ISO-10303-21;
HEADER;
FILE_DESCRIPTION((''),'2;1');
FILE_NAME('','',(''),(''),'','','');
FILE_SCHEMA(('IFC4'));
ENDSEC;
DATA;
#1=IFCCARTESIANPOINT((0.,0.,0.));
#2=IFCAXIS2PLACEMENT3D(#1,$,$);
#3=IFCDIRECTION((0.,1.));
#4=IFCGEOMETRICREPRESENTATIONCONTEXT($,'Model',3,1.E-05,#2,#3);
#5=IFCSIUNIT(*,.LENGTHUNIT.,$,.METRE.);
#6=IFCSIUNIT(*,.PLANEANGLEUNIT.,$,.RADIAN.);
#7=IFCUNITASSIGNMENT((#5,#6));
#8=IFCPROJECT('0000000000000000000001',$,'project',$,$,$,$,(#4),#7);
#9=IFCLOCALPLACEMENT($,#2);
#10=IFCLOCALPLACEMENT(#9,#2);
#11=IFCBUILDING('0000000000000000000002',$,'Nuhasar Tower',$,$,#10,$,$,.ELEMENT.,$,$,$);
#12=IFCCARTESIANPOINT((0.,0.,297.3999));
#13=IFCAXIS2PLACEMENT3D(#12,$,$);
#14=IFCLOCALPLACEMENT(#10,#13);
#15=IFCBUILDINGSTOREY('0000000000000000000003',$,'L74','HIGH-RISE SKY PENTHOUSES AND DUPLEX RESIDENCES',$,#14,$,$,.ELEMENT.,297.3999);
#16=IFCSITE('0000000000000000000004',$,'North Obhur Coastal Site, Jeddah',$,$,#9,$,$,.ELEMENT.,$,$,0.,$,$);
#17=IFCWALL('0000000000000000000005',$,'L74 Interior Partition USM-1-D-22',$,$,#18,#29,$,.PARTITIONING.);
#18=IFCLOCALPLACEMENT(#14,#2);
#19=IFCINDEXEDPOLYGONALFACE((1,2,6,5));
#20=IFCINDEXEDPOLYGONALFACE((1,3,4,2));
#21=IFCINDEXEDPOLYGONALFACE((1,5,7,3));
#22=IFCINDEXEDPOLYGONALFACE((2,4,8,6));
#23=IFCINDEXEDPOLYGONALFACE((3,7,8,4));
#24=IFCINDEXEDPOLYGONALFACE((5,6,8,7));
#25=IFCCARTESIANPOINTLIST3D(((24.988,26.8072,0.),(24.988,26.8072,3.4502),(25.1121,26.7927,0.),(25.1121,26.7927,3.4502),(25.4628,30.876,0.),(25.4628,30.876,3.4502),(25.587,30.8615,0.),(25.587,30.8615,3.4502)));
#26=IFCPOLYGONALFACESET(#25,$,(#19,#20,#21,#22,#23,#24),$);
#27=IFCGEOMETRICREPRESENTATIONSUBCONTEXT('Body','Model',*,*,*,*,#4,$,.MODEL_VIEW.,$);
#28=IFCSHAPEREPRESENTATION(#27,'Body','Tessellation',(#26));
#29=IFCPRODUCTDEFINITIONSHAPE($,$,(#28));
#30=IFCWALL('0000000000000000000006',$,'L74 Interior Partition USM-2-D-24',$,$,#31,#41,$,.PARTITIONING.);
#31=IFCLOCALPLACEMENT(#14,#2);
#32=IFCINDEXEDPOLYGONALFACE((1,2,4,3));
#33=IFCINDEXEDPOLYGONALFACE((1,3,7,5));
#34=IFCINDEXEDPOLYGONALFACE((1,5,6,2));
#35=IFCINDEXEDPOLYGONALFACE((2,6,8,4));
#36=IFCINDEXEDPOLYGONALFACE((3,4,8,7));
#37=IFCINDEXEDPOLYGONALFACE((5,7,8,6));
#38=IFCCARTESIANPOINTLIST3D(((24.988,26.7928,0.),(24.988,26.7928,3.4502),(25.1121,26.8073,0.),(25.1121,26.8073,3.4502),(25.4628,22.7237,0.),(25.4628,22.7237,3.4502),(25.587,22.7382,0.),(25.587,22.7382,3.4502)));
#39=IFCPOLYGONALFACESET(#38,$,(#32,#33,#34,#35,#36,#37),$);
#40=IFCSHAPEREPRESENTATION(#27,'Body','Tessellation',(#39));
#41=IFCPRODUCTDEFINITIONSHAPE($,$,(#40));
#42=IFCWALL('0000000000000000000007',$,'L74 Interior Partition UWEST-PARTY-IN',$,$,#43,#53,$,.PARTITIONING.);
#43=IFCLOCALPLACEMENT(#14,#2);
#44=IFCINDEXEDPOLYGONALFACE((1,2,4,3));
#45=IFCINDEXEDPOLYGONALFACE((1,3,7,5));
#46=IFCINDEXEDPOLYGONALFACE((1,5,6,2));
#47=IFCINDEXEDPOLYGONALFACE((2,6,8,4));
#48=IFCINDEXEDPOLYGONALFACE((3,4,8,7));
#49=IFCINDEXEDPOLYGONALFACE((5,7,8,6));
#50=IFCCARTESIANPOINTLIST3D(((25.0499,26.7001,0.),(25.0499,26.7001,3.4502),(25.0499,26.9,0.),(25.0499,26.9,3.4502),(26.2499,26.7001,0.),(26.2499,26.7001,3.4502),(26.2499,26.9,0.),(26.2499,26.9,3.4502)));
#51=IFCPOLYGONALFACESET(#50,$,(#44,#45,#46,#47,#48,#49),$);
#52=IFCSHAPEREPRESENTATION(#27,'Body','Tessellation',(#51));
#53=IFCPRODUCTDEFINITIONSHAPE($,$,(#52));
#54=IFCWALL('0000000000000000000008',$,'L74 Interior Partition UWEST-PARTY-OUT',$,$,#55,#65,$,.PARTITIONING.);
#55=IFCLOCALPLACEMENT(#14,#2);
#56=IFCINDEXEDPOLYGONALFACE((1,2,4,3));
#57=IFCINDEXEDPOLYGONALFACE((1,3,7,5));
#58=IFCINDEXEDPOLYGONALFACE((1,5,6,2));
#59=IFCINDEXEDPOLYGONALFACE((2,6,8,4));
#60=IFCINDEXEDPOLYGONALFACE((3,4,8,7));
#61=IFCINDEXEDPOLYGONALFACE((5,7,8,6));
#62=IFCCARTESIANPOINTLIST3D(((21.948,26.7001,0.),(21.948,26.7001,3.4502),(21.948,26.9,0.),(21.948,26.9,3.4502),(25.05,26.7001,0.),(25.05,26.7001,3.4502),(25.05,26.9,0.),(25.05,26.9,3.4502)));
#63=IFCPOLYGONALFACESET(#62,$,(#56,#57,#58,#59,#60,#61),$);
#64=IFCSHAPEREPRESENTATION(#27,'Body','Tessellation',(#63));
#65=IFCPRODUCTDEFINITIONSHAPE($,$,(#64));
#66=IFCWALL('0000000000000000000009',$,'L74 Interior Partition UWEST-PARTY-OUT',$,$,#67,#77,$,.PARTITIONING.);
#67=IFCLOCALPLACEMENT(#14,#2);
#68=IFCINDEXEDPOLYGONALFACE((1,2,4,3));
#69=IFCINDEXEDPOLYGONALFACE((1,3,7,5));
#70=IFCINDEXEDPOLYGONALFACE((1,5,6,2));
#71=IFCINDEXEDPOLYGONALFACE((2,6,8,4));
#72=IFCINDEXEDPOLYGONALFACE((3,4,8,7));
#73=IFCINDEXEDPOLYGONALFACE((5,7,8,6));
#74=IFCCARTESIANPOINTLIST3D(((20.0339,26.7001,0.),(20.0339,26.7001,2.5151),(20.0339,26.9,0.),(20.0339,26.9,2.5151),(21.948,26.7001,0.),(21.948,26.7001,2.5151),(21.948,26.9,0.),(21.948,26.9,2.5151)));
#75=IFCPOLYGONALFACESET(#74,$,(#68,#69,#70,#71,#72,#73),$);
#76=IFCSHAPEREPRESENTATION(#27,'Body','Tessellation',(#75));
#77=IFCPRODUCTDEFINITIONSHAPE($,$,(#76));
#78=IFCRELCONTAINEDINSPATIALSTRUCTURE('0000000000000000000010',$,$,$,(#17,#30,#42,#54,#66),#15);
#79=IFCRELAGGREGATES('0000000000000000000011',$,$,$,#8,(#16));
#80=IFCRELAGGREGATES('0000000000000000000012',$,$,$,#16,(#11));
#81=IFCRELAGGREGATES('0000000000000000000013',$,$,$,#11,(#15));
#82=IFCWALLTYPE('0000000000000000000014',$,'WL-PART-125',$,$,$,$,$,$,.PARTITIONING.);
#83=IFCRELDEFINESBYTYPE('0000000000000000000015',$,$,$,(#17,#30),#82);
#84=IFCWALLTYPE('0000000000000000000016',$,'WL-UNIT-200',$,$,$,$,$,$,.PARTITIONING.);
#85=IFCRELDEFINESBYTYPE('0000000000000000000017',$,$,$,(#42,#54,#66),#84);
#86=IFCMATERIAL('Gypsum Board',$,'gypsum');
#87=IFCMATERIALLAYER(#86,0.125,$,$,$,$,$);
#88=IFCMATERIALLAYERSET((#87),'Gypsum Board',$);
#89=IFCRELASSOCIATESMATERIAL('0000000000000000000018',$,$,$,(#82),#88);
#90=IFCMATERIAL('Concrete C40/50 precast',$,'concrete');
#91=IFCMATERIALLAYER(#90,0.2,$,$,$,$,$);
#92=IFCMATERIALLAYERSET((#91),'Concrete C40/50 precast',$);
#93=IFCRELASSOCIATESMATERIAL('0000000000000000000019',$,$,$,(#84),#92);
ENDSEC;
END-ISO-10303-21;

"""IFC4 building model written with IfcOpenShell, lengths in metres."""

from ifc_helpers import new_model, si_unit, direction, frame, frame_2d, origin, place, context, subcontext, project, spatial, rectangle, extrude, material, layer, layer_set, type_object, element, save


model = new_model("IFC4")

# Units and contexts
model_context = context("Model", 3, precision=1e-05, world=origin(), true_north=direction((0.0, 1.0)))
body_context = subcontext(model_context, "Body", "Model", "MODEL_VIEW")
ifc_project = project(units=[si_unit("LENGTHUNIT", "METRE"), si_unit("PLANEANGLEUNIT", "RADIAN")], contexts=[model_context])

# Site, building, storey
site_placement = place(None, origin())
site = spatial("IfcSite", under=ifc_project, at=site_placement, Name="North Obhur Coastal Site, Jeddah", CompositionType="ELEMENT", RefElevation=0.0)
building_placement = place(site_placement, origin())
building = spatial("IfcBuilding", under=site, at=building_placement, Name="Nuhasar Tower", CompositionType="ELEMENT")
storey_placement = place(building_placement, frame((0.0, 0.0, 297.3999)))
storey = spatial("IfcBuildingStorey", under=building, at=storey_placement, Name="L74", Description="HIGH-RISE SKY PENTHOUSES AND DUPLEX RESIDENCES", CompositionType="ELEMENT", Elevation=297.3999)

# Shared definitions
ifc_material_1 = material(Name="Gypsum Board", Category="gypsum")

# Shared definitions
ifc_layer_1 = layer(ifc_material_1, 0.125)
ifc_layer_set_1 = layer_set([ifc_layer_1], Name="Gypsum Board")
wall_type_1 = type_object("IfcWallType", Name="WL-PART-125", PredefinedType="PARTITIONING", material=ifc_layer_set_1)

# Walls
wall_1_placement = place(storey_placement, frame((25.5249, 30.8689, 0.0), z_axis=(0.0, 0.0, 1.0), x_axis=(-0.115918, -0.993259, 0.0)))
element("IfcWall", 1, at=wall_1_placement, inside=storey, type_object=wall_type_1, Name="L74 Interior Partition USM-1-D-22", PredefinedType="PARTITIONING", context=body_context, shape_type="SweptSolid", body=[
    extrude(rectangle(XDim=4.0964, YDim=0.125, at=frame_2d((2.0483, 0.0))), origin(), (0.0, 0.0, 1.0), 3.4502),
])
wall_2_placement = place(storey_placement, frame((25.05, 26.8, 0.0), z_axis=(0.0, 0.0, 1.0), x_axis=(0.115911, -0.99326, 0.0)))
element("IfcWall", 2, at=wall_2_placement, inside=storey, type_object=wall_type_1, Name="L74 Interior Partition USM-2-D-24", PredefinedType="PARTITIONING", context=body_context, shape_type="SweptSolid", body=[
    extrude(rectangle(XDim=4.0967, YDim=0.125, at=frame_2d((2.0483, 0.0))), origin(), (0.0, 0.0, 1.0), 3.4502),
])
ifc_material_2 = material(Name="Concrete C40/50 precast", Category="concrete")
ifc_layer_2 = layer(ifc_material_2, 0.2)
ifc_layer_set_2 = layer_set([ifc_layer_2], Name="Concrete C40/50 precast")
wall_type_2 = type_object("IfcWallType", Name="WL-UNIT-200", PredefinedType="PARTITIONING", material=ifc_layer_set_2)
wall_3_placement = place(storey_placement, frame((26.25, 26.8, 0.0), z_axis=(0.0, 0.0, 1.0), x_axis=(-1.0, 0.0, 0.0)))
element("IfcWall", 3, at=wall_3_placement, inside=storey, type_object=wall_type_2, Name="L74 Interior Partition UWEST-PARTY-IN", PredefinedType="PARTITIONING", context=body_context, shape_type="SweptSolid", body=[
    extrude(rectangle(XDim=1.2, YDim=0.2, at=frame_2d((0.6001, 0.0))), origin(), (0.0, 0.0, 1.0), 3.4502),
])
wall_4_placement = place(storey_placement, frame((25.05, 26.8, 0.0), z_axis=(0.0, 0.0, 1.0), x_axis=(-1.0, 0.0, 0.0)))
element("IfcWall", 4, at=wall_4_placement, inside=storey, type_object=wall_type_2, Name="L74 Interior Partition UWEST-PARTY-OUT", PredefinedType="PARTITIONING", context=body_context, shape_type="SweptSolid", body=[
    extrude(rectangle(XDim=3.1021, YDim=0.2, at=frame_2d((1.551, 0.0))), origin(), (0.0, 0.0, 1.0), 3.4502),
])
wall_5_placement = place(storey_placement, frame((21.948, 26.8, 0.0), z_axis=(0.0, 0.0, 1.0), x_axis=(-1.0, 0.0, 0.0)))
element("IfcWall", 5, at=wall_5_placement, inside=storey, type_object=wall_type_2, Name="L74 Interior Partition UWEST-PARTY-OUT", PredefinedType="PARTITIONING", context=body_context, shape_type="SweptSolid", body=[
    extrude(rectangle(XDim=1.9141, YDim=0.2, at=frame_2d((0.957, 0.0))), origin(), (0.0, 0.0, 1.0), 2.5151),
])

save(model, "model.ifc")
